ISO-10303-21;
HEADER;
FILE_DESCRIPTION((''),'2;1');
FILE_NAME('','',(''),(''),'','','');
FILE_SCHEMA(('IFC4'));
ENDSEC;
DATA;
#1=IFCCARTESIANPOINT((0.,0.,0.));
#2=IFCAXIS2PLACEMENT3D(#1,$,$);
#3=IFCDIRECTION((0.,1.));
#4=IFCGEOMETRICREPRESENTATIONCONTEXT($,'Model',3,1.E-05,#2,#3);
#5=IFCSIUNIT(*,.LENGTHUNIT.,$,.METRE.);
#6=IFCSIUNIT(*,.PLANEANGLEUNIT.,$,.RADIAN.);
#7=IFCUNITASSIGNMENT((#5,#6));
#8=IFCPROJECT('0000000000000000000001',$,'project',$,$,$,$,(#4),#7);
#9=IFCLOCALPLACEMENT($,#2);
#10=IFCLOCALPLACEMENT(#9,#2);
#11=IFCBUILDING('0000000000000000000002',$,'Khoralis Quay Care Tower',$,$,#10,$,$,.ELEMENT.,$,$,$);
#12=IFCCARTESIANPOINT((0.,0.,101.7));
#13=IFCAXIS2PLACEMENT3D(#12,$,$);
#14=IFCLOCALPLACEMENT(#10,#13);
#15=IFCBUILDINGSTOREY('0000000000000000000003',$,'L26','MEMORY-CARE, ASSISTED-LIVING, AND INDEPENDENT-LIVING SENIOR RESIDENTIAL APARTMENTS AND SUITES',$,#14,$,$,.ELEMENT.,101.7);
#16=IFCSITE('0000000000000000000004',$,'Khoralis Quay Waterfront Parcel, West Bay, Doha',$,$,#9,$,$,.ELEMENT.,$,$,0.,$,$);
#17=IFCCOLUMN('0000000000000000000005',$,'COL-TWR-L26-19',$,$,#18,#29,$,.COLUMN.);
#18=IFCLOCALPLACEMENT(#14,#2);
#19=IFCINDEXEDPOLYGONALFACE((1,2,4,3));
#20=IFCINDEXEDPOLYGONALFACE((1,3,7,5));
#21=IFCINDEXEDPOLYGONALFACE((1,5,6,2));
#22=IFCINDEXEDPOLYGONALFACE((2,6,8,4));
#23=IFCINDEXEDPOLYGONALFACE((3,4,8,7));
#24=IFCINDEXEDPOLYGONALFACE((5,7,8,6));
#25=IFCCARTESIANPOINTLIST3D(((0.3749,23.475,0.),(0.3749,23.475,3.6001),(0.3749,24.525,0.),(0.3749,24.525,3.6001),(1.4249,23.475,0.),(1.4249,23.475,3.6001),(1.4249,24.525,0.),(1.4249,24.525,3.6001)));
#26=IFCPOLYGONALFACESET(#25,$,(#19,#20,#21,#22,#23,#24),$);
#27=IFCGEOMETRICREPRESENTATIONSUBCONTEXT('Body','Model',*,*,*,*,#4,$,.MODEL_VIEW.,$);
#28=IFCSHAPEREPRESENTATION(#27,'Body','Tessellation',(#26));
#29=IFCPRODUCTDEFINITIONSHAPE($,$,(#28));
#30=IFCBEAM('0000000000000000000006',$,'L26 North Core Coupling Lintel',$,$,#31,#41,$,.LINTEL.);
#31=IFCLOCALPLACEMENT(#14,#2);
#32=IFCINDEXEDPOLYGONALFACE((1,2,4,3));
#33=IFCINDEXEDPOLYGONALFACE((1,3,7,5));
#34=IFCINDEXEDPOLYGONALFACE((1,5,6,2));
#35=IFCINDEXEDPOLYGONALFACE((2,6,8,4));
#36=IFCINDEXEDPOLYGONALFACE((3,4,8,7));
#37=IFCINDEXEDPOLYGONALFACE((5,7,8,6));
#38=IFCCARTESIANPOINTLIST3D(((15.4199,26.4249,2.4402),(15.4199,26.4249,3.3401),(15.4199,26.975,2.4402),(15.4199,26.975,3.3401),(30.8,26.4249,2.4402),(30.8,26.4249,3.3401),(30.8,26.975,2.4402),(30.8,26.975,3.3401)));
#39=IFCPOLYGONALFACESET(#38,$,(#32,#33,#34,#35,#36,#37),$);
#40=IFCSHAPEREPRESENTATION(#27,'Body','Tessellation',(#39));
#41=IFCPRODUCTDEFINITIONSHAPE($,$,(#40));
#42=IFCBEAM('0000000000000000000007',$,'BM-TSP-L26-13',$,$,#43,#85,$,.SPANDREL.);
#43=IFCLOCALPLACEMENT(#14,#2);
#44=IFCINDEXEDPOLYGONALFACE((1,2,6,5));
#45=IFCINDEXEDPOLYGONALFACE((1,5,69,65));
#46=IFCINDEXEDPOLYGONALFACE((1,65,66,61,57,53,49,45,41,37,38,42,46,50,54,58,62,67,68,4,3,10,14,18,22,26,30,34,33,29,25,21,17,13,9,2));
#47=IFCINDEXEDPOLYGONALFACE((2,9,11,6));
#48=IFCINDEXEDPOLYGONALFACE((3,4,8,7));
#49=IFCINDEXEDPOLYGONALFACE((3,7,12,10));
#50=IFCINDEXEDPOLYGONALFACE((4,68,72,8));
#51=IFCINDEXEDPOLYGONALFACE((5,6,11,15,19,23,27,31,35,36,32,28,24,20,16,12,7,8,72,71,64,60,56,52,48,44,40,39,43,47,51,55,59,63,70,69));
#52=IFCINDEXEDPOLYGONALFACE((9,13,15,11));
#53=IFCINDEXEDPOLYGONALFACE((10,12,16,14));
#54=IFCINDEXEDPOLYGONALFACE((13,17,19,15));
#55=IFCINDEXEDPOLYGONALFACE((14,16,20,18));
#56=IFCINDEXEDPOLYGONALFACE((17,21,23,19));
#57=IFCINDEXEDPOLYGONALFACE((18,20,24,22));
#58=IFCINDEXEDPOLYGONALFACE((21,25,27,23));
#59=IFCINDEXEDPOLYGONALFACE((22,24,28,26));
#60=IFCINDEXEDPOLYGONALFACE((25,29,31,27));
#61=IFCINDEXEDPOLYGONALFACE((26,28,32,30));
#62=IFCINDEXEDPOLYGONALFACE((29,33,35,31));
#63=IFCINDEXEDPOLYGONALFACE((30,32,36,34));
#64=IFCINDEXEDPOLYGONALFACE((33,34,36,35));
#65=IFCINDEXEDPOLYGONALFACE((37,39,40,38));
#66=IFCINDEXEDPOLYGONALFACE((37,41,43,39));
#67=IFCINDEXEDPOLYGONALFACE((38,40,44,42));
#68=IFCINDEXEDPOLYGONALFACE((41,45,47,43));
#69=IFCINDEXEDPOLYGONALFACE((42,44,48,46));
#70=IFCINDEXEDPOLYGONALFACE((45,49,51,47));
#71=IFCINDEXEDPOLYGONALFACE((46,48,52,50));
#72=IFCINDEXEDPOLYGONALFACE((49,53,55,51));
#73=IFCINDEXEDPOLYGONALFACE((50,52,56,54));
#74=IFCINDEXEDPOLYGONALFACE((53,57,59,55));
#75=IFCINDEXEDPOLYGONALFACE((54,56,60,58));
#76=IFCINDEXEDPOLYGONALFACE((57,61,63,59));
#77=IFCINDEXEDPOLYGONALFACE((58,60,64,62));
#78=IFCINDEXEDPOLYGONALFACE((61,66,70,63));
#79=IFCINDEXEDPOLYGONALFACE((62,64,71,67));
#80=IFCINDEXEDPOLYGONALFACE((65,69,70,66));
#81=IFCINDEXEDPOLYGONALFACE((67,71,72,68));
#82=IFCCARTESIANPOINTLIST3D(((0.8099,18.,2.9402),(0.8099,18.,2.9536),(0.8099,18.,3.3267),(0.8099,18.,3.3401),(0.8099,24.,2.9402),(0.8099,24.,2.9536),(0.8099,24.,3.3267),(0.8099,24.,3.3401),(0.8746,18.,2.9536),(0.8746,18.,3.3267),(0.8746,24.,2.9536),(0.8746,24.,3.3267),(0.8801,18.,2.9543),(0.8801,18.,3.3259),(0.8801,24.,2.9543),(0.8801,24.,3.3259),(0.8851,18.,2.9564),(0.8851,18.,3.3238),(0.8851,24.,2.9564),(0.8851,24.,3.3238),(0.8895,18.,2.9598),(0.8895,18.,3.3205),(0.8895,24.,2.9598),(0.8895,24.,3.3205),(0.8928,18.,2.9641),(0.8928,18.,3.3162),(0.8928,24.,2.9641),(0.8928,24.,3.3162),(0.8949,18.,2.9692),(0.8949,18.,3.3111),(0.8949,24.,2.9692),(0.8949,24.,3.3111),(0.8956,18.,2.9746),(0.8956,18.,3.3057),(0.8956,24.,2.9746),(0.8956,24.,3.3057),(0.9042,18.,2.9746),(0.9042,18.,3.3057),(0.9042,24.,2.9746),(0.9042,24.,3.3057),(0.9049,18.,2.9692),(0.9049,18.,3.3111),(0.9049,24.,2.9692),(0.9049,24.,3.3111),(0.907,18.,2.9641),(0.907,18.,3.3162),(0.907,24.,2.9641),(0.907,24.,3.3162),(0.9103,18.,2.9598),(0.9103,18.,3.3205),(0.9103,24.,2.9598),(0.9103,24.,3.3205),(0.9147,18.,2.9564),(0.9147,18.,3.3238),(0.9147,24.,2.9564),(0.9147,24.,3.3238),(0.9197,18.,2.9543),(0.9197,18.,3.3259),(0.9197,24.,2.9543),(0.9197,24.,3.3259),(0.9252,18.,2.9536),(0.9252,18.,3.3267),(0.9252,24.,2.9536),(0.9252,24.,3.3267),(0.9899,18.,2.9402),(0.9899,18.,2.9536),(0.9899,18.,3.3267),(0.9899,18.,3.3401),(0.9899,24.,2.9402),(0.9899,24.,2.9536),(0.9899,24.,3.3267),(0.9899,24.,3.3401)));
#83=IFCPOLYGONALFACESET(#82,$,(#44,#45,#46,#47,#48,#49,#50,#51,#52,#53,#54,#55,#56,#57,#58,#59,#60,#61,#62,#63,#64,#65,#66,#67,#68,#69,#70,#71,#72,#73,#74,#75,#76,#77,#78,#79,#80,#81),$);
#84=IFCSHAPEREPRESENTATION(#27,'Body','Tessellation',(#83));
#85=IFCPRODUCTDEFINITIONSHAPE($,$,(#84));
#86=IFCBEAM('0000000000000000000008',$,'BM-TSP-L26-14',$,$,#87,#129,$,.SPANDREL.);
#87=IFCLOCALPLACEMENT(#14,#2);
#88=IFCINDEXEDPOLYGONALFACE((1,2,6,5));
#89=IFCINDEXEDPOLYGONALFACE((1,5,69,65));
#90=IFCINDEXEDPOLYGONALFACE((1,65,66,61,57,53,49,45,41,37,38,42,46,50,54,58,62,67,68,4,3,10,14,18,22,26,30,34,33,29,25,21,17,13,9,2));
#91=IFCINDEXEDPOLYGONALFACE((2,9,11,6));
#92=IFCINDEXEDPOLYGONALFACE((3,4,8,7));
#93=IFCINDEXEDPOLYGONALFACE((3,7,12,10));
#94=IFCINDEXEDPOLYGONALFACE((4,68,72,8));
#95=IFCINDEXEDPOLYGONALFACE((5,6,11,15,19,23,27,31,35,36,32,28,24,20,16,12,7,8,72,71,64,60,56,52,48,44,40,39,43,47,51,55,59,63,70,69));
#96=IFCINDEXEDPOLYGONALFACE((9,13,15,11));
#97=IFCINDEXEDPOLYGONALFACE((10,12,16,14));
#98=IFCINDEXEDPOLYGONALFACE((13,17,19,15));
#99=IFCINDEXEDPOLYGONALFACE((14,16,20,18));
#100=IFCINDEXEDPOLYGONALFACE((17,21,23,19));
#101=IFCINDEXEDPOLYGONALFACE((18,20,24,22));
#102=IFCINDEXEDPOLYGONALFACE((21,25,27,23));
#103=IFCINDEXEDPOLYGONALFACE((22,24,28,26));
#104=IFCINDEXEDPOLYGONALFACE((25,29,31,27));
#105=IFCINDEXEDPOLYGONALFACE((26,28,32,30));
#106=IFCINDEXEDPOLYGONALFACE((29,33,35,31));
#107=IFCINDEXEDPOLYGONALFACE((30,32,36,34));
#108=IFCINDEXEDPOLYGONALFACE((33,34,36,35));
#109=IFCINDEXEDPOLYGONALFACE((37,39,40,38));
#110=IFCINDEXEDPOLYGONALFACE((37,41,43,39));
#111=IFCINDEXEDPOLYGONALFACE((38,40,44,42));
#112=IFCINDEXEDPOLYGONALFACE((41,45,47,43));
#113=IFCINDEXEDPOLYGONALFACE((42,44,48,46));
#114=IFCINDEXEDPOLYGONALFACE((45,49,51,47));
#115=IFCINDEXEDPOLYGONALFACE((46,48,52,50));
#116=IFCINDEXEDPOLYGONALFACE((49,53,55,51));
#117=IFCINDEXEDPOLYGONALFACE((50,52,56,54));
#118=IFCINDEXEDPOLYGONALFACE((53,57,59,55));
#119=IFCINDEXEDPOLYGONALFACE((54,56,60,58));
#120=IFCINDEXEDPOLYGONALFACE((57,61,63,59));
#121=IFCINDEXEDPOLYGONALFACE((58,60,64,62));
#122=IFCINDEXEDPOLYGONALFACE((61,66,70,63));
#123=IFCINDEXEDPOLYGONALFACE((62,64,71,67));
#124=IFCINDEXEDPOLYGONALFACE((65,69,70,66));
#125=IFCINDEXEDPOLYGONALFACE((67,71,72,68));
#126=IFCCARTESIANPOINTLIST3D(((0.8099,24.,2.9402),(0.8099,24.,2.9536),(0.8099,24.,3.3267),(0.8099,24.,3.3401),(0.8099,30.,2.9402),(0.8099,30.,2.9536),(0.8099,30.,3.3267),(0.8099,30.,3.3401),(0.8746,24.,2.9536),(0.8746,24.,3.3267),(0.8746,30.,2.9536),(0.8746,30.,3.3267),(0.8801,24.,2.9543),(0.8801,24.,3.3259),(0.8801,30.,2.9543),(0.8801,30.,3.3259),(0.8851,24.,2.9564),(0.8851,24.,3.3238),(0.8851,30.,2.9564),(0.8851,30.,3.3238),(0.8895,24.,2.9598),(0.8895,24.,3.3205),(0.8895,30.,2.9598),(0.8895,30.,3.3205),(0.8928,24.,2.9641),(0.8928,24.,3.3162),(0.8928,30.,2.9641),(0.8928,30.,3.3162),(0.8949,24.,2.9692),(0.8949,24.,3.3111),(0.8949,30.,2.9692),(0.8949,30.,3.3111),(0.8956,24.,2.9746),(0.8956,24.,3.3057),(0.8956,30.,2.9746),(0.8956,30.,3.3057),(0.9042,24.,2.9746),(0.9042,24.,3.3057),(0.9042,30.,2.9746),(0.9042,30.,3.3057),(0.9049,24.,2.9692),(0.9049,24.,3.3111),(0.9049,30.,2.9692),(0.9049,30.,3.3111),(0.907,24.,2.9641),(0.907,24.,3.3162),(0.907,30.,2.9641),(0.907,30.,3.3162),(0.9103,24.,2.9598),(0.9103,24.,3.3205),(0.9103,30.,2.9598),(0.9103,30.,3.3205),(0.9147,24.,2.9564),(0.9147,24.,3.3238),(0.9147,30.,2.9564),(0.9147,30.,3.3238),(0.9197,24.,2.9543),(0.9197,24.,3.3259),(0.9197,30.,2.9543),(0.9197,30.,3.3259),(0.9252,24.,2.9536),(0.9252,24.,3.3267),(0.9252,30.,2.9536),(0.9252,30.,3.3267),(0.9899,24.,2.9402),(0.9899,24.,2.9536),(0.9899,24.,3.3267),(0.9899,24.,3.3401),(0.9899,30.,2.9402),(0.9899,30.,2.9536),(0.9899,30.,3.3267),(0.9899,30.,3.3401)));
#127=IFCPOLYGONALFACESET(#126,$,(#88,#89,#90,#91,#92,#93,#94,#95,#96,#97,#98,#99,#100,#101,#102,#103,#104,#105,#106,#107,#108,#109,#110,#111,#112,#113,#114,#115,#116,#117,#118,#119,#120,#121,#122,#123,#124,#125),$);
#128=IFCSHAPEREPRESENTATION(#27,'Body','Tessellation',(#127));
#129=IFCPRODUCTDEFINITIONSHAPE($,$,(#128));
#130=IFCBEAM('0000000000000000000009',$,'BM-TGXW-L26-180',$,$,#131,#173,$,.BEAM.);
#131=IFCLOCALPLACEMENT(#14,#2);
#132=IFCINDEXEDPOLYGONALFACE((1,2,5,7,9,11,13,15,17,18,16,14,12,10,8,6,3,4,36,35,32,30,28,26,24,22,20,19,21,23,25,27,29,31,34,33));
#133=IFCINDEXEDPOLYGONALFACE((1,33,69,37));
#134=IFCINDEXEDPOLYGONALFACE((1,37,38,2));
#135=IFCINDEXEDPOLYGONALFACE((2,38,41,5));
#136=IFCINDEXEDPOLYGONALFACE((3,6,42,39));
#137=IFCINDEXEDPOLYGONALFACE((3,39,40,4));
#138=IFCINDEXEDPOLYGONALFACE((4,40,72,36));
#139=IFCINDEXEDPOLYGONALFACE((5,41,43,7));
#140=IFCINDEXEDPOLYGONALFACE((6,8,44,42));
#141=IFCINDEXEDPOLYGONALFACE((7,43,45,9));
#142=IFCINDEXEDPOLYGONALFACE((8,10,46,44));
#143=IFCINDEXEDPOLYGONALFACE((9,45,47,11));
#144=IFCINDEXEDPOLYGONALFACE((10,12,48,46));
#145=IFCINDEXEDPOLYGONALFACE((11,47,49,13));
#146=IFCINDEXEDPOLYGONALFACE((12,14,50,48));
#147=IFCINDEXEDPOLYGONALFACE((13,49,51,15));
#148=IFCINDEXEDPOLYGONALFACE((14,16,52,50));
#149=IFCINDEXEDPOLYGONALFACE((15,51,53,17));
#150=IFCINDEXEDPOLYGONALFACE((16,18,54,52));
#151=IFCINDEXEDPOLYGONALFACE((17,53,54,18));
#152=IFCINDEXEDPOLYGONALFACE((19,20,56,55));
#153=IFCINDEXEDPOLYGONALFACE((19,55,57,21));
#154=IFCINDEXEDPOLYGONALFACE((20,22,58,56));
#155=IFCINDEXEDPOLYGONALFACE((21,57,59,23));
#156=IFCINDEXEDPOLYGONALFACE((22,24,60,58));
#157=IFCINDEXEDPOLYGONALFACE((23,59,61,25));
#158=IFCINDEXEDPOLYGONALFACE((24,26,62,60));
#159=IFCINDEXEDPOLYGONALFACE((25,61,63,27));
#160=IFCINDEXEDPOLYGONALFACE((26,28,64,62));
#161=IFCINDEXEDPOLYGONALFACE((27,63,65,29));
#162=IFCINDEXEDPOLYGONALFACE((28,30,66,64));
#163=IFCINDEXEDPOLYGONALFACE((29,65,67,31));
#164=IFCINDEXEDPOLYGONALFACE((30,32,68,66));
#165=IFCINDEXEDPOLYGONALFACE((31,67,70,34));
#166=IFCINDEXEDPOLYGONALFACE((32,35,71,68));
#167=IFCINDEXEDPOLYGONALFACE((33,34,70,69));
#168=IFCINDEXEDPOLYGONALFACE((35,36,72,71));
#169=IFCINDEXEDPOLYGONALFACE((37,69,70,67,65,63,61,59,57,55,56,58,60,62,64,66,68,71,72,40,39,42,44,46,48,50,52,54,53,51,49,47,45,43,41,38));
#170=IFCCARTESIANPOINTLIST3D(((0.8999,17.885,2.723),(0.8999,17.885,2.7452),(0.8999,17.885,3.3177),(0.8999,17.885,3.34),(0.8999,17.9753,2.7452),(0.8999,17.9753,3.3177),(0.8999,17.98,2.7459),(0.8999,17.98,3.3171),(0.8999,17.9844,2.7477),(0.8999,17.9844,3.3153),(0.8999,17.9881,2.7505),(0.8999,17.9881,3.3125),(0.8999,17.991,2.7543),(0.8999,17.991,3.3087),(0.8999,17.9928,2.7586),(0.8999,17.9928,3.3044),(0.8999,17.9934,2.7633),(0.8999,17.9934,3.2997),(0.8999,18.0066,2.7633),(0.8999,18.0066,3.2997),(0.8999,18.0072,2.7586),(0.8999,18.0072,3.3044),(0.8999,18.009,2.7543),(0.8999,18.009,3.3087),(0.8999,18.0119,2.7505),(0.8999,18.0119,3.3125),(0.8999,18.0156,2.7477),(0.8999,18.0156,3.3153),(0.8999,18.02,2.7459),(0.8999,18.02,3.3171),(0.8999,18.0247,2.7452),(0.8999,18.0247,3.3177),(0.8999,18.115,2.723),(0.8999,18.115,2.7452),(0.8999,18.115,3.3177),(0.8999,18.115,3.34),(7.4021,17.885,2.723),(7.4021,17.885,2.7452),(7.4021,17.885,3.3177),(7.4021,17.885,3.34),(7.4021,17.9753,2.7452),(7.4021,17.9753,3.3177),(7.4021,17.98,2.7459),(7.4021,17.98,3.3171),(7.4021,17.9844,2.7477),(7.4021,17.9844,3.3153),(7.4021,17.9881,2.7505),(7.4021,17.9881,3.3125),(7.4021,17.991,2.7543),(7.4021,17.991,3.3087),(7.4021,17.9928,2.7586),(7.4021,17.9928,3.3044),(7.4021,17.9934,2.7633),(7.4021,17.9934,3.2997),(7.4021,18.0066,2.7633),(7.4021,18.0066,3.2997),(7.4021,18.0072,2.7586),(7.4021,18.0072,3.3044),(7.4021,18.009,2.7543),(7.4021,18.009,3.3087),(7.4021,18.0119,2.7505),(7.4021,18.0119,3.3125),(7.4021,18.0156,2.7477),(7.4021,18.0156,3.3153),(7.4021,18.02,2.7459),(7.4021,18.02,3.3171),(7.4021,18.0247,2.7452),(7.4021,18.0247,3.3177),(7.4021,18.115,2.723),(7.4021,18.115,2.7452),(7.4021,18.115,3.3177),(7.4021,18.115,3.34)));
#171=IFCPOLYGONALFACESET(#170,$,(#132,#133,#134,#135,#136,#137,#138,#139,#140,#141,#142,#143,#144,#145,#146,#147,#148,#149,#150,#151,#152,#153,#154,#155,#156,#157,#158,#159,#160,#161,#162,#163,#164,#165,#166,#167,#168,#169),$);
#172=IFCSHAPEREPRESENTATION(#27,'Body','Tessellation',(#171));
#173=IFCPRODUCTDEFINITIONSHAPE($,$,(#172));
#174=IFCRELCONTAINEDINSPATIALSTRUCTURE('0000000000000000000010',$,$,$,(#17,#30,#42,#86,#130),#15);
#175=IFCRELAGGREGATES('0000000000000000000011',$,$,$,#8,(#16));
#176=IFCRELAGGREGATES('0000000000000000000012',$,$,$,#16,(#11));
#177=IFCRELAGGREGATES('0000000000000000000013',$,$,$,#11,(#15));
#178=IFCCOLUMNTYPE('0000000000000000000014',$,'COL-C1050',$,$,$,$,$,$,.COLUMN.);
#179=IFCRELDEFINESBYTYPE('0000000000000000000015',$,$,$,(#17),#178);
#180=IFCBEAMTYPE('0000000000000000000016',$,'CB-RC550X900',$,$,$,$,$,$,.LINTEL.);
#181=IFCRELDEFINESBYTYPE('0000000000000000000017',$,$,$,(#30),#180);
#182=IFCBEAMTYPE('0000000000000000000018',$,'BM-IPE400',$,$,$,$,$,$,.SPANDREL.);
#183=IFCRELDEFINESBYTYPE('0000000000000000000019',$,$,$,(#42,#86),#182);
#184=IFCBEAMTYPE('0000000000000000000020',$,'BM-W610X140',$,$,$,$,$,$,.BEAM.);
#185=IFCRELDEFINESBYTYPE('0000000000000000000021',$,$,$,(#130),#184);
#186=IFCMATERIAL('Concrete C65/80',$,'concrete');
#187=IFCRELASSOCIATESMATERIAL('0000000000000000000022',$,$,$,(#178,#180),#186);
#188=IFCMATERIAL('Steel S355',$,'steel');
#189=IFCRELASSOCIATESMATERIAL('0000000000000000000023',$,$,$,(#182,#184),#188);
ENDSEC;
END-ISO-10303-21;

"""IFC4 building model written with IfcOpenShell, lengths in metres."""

from ifc_helpers import new_model, si_unit, direction, frame, origin, origin_2d, place, context, subcontext, project, spatial, rectangle, i_section, extrude, source, transform, mapped, material, material_profile, profile_set, type_object, element, save


model = new_model("IFC4")

# Units and contexts
model_context = context("Model", 3, precision=1e-05, world=origin(), true_north=direction((0.0, 1.0)))
body_context = subcontext(model_context, "Body", "Model", "MODEL_VIEW")
ifc_project = project(units=[si_unit("LENGTHUNIT", "METRE"), si_unit("PLANEANGLEUNIT", "RADIAN")], contexts=[model_context])

# Site, building, storey
site_placement = place(None, origin())
site = spatial("IfcSite", under=ifc_project, at=site_placement, Name="Khoralis Quay Waterfront Parcel, West Bay, Doha", CompositionType="ELEMENT", RefElevation=0.0)
building_placement = place(site_placement, origin())
building = spatial("IfcBuilding", under=site, at=building_placement, Name="Khoralis Quay Care Tower", CompositionType="ELEMENT")
storey_placement = place(building_placement, frame((0.0, 0.0, 101.7)))
storey = spatial("IfcBuildingStorey", under=building, at=storey_placement, Name="L26", Description="MEMORY-CARE, ASSISTED-LIVING, AND INDEPENDENT-LIVING SENIOR RESIDENTIAL APARTMENTS AND SUITES", CompositionType="ELEMENT", Elevation=101.7)

# Column
ifc_material_1 = material(Name="Concrete C65/80", Category="concrete")
ifc_material_profile_1 = material_profile(ifc_material_1, rectangle(XDim=1.05, YDim=1.05, at=origin_2d()), Name="Concrete C65/80")
ifc_profile_set_1 = profile_set([ifc_material_profile_1], Name="Concrete C65/80")
column_type = type_object("IfcColumnType", Name="COL-C1050", PredefinedType="COLUMN", material=ifc_profile_set_1)
shared_shape_1 = source(origin(), body_context, "Body", "SweptSolid", [
    extrude(rectangle(XDim=1.05, YDim=1.05, at=origin_2d()), origin(), (0.0, 0.0, 1.0), 3.6001),
])
column_placement = place(storey_placement, frame((0.8999, 24.0, 0.0), z_axis=(0.0, 0.0, 1.0), x_axis=(1.0, 0.0, 0.0)))
element("IfcColumn", 1, at=column_placement, inside=storey, type_object=column_type, Name="COL-TWR-L26-19", PredefinedType="COLUMN", context=body_context, shape_type="MappedRepresentation", body=[
    mapped(shared_shape_1, transform((0.0, 0.0, 0.0), scale=1.0)),
])

# Beams
ifc_material_profile_2 = material_profile(ifc_material_1, rectangle(XDim=0.55, YDim=0.8999, at=origin_2d()), Name="Concrete C65/80")
ifc_profile_set_2 = profile_set([ifc_material_profile_2], Name="Concrete C65/80")
beam_type_1 = type_object("IfcBeamType", Name="CB-RC550X900", PredefinedType="LINTEL", material=ifc_profile_set_2)
shared_shape_2 = source(origin(), body_context, "Body", "SweptSolid", [
    extrude(rectangle(XDim=0.55, YDim=0.8999, at=origin_2d()), origin(), (0.0, 0.0, 1.0), 15.3801),
])
beam_1_placement = place(storey_placement, frame((15.4199, 26.7, 2.8901), z_axis=(1.0, 0.0, 0.0), x_axis=(0.0, 1.0, 0.0)))
element("IfcBeam", 2, at=beam_1_placement, inside=storey, type_object=beam_type_1, Name="L26 North Core Coupling Lintel", PredefinedType="LINTEL", context=body_context, shape_type="MappedRepresentation", body=[
    mapped(shared_shape_2, transform((0.0, 0.0, 0.0), scale=1.0)),
])
ifc_material_2 = material(Name="Steel S355", Category="steel")
ifc_material_profile_3 = material_profile(ifc_material_2, i_section(OverallWidth=0.1799, OverallDepth=0.3999, WebThickness=0.0085, FlangeThickness=0.0134, FilletRadius=0.021, at=origin_2d()), Name="Steel S355")
ifc_profile_set_3 = profile_set([ifc_material_profile_3], Name="Steel S355")
beam_type_2 = type_object("IfcBeamType", Name="BM-IPE400", PredefinedType="SPANDREL", material=ifc_profile_set_3)
shared_shape_3 = source(origin(), body_context, "Body", "SweptSolid", [
    extrude(i_section(OverallWidth=0.1799, OverallDepth=0.3999, WebThickness=0.0085, FlangeThickness=0.0134, FilletRadius=0.021, at=origin_2d()), origin(), (0.0, 0.0, 1.0), 6.0),
])
for number, where, z_axis, x_axis, name in (
    (3, (0.8999, 18.0, 3.1401), (0.0, 1.0, 0.0), (-1.0, 0.0, 0.0), "BM-TSP-L26-13"),
    (4, (0.8999, 24.0, 3.1401), (0.0, 1.0, 0.0), (-1.0, 0.0, 0.0), "BM-TSP-L26-14"),
):
    element("IfcBeam", number, at=place(storey_placement, frame(where, z_axis=z_axis, x_axis=x_axis)), inside=storey, type_object=beam_type_2, Name=name, PredefinedType="SPANDREL", context=body_context, shape_type="MappedRepresentation", body=[
        mapped(shared_shape_3, transform((0.0, 0.0, 0.0), scale=1.0)),
    ])
ifc_material_profile_4 = material_profile(ifc_material_2, i_section(OverallWidth=0.23, OverallDepth=0.6169, WebThickness=0.0132, FlangeThickness=0.0222, FilletRadius=0.0181, at=origin_2d()), Name="Steel S355")
ifc_profile_set_4 = profile_set([ifc_material_profile_4], Name="Steel S355")
beam_type_3 = type_object("IfcBeamType", Name="BM-W610X140", PredefinedType="BEAM", material=ifc_profile_set_4)
shared_shape_4 = source(origin(), body_context, "Body", "SweptSolid", [
    extrude(i_section(OverallWidth=0.23, OverallDepth=0.6169, WebThickness=0.0132, FlangeThickness=0.0222, FilletRadius=0.0181, at=origin_2d()), origin(), (0.0, 0.0, 1.0), 6.5022),
])
for number, where, z_axis, x_axis, name in (
    (5, (0.8999, 18.0, 3.0315), (1.0, 0.0, 0.0), (0.0, 1.0, 0.0), "BM-TGXW-L26-180"),
):
    element("IfcBeam", number, at=place(storey_placement, frame(where, z_axis=z_axis, x_axis=x_axis)), inside=storey, type_object=beam_type_3, Name=name, PredefinedType="BEAM", context=body_context, shape_type="MappedRepresentation", body=[
        mapped(shared_shape_4, transform((0.0, 0.0, 0.0), scale=1.0)),
    ])

save(model, "model.ifc")
